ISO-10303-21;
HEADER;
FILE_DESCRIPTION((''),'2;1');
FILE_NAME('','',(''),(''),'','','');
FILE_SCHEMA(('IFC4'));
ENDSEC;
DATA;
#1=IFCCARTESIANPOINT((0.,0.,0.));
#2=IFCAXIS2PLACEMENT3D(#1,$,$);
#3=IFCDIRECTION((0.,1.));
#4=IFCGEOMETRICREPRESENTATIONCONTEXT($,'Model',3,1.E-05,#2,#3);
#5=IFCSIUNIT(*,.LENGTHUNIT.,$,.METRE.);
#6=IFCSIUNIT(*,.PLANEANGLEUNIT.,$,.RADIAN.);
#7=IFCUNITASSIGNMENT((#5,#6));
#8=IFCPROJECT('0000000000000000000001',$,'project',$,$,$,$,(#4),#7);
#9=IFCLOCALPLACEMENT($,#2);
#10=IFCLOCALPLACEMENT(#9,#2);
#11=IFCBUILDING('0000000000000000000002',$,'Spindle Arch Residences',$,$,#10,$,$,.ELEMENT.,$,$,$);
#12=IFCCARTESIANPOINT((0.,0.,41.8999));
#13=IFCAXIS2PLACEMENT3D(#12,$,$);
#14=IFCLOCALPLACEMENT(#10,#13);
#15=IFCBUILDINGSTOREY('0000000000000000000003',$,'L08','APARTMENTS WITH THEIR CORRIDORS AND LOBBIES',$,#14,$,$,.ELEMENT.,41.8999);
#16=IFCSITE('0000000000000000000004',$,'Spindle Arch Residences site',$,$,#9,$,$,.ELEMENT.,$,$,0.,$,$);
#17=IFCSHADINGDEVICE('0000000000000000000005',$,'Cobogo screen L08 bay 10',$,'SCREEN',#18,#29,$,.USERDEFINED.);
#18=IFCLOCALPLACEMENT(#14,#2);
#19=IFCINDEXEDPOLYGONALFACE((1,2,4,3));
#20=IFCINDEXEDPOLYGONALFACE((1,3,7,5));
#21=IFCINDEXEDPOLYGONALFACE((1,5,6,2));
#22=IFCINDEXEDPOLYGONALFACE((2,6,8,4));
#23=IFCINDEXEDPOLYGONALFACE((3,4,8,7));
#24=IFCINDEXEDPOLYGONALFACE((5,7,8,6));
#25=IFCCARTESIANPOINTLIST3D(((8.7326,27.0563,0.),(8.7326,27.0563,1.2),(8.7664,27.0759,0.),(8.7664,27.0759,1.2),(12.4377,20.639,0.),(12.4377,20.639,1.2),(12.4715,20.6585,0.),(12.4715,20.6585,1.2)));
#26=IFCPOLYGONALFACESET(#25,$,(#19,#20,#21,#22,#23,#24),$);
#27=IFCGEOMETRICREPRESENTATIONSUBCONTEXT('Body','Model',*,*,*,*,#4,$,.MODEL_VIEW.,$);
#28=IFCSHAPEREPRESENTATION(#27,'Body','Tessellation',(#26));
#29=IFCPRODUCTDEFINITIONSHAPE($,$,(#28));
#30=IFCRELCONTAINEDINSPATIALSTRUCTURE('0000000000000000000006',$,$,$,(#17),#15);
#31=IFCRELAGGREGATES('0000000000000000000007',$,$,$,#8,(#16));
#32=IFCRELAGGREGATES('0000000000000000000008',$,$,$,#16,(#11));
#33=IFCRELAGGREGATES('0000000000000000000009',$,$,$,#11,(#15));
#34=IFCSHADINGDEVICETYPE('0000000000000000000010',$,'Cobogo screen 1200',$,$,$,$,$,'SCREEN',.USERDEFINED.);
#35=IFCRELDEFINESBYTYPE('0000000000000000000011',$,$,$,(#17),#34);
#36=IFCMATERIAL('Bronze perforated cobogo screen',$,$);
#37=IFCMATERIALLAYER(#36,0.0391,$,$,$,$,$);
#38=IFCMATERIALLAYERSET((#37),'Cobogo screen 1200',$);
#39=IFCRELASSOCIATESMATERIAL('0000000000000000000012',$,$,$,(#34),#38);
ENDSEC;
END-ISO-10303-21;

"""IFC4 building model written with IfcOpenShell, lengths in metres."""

from ifc_helpers import new_model, si_unit, direction, frame, origin, origin_2d, place, context, subcontext, project, spatial, rectangle, extrude, material, layer, layer_set, type_object, element, save


model = new_model("IFC4")

# Units and contexts
model_context = context("Model", 3, precision=1e-05, world=origin(), true_north=direction((0.0, 1.0)))
body_context = subcontext(model_context, "Body", "Model", "MODEL_VIEW")
ifc_project = project(units=[si_unit("LENGTHUNIT", "METRE"), si_unit("PLANEANGLEUNIT", "RADIAN")], contexts=[model_context])

# Site, building, storey
site_placement = place(None, origin())
site = spatial("IfcSite", under=ifc_project, at=site_placement, Name="Spindle Arch Residences site", CompositionType="ELEMENT", RefElevation=0.0)
building_placement = place(site_placement, origin())
building = spatial("IfcBuilding", under=site, at=building_placement, Name="Spindle Arch Residences", CompositionType="ELEMENT")
storey_placement = place(building_placement, frame((0.0, 0.0, 41.8999)))
storey = spatial("IfcBuildingStorey", under=building, at=storey_placement, Name="L08", Description="APARTMENTS WITH THEIR CORRIDORS AND LOBBIES", CompositionType="ELEMENT", Elevation=41.8999)

# Shading device
ifc_material_1 = material(Name="Bronze perforated cobogo screen")
ifc_layer_1 = layer(ifc_material_1, 0.0391)
ifc_layer_set_1 = layer_set([ifc_layer_1], Name="Cobogo screen 1200")
shading_device_type = type_object("IfcShadingDeviceType", Name="Cobogo screen 1200", ElementType="SCREEN", PredefinedType="USERDEFINED", material=ifc_layer_set_1)
shading_device_placement = place(storey_placement, frame((10.6021, 23.8574, 0.0), z_axis=(0.0, 0.0, 1.0), x_axis=(-0.5, 0.866025, 0.0)))
element("IfcShadingDevice", 1, at=shading_device_placement, inside=storey, type_object=shading_device_type, Name="Cobogo screen L08 bay 10", ObjectType="SCREEN", PredefinedType="USERDEFINED", context=body_context, shape_type="SweptSolid", body=[
    extrude(rectangle(XDim=7.4102, YDim=0.0391, at=origin_2d()), origin(), (0.0, 0.0, 1.0), 1.2),
])

save(model, "model.ifc")
